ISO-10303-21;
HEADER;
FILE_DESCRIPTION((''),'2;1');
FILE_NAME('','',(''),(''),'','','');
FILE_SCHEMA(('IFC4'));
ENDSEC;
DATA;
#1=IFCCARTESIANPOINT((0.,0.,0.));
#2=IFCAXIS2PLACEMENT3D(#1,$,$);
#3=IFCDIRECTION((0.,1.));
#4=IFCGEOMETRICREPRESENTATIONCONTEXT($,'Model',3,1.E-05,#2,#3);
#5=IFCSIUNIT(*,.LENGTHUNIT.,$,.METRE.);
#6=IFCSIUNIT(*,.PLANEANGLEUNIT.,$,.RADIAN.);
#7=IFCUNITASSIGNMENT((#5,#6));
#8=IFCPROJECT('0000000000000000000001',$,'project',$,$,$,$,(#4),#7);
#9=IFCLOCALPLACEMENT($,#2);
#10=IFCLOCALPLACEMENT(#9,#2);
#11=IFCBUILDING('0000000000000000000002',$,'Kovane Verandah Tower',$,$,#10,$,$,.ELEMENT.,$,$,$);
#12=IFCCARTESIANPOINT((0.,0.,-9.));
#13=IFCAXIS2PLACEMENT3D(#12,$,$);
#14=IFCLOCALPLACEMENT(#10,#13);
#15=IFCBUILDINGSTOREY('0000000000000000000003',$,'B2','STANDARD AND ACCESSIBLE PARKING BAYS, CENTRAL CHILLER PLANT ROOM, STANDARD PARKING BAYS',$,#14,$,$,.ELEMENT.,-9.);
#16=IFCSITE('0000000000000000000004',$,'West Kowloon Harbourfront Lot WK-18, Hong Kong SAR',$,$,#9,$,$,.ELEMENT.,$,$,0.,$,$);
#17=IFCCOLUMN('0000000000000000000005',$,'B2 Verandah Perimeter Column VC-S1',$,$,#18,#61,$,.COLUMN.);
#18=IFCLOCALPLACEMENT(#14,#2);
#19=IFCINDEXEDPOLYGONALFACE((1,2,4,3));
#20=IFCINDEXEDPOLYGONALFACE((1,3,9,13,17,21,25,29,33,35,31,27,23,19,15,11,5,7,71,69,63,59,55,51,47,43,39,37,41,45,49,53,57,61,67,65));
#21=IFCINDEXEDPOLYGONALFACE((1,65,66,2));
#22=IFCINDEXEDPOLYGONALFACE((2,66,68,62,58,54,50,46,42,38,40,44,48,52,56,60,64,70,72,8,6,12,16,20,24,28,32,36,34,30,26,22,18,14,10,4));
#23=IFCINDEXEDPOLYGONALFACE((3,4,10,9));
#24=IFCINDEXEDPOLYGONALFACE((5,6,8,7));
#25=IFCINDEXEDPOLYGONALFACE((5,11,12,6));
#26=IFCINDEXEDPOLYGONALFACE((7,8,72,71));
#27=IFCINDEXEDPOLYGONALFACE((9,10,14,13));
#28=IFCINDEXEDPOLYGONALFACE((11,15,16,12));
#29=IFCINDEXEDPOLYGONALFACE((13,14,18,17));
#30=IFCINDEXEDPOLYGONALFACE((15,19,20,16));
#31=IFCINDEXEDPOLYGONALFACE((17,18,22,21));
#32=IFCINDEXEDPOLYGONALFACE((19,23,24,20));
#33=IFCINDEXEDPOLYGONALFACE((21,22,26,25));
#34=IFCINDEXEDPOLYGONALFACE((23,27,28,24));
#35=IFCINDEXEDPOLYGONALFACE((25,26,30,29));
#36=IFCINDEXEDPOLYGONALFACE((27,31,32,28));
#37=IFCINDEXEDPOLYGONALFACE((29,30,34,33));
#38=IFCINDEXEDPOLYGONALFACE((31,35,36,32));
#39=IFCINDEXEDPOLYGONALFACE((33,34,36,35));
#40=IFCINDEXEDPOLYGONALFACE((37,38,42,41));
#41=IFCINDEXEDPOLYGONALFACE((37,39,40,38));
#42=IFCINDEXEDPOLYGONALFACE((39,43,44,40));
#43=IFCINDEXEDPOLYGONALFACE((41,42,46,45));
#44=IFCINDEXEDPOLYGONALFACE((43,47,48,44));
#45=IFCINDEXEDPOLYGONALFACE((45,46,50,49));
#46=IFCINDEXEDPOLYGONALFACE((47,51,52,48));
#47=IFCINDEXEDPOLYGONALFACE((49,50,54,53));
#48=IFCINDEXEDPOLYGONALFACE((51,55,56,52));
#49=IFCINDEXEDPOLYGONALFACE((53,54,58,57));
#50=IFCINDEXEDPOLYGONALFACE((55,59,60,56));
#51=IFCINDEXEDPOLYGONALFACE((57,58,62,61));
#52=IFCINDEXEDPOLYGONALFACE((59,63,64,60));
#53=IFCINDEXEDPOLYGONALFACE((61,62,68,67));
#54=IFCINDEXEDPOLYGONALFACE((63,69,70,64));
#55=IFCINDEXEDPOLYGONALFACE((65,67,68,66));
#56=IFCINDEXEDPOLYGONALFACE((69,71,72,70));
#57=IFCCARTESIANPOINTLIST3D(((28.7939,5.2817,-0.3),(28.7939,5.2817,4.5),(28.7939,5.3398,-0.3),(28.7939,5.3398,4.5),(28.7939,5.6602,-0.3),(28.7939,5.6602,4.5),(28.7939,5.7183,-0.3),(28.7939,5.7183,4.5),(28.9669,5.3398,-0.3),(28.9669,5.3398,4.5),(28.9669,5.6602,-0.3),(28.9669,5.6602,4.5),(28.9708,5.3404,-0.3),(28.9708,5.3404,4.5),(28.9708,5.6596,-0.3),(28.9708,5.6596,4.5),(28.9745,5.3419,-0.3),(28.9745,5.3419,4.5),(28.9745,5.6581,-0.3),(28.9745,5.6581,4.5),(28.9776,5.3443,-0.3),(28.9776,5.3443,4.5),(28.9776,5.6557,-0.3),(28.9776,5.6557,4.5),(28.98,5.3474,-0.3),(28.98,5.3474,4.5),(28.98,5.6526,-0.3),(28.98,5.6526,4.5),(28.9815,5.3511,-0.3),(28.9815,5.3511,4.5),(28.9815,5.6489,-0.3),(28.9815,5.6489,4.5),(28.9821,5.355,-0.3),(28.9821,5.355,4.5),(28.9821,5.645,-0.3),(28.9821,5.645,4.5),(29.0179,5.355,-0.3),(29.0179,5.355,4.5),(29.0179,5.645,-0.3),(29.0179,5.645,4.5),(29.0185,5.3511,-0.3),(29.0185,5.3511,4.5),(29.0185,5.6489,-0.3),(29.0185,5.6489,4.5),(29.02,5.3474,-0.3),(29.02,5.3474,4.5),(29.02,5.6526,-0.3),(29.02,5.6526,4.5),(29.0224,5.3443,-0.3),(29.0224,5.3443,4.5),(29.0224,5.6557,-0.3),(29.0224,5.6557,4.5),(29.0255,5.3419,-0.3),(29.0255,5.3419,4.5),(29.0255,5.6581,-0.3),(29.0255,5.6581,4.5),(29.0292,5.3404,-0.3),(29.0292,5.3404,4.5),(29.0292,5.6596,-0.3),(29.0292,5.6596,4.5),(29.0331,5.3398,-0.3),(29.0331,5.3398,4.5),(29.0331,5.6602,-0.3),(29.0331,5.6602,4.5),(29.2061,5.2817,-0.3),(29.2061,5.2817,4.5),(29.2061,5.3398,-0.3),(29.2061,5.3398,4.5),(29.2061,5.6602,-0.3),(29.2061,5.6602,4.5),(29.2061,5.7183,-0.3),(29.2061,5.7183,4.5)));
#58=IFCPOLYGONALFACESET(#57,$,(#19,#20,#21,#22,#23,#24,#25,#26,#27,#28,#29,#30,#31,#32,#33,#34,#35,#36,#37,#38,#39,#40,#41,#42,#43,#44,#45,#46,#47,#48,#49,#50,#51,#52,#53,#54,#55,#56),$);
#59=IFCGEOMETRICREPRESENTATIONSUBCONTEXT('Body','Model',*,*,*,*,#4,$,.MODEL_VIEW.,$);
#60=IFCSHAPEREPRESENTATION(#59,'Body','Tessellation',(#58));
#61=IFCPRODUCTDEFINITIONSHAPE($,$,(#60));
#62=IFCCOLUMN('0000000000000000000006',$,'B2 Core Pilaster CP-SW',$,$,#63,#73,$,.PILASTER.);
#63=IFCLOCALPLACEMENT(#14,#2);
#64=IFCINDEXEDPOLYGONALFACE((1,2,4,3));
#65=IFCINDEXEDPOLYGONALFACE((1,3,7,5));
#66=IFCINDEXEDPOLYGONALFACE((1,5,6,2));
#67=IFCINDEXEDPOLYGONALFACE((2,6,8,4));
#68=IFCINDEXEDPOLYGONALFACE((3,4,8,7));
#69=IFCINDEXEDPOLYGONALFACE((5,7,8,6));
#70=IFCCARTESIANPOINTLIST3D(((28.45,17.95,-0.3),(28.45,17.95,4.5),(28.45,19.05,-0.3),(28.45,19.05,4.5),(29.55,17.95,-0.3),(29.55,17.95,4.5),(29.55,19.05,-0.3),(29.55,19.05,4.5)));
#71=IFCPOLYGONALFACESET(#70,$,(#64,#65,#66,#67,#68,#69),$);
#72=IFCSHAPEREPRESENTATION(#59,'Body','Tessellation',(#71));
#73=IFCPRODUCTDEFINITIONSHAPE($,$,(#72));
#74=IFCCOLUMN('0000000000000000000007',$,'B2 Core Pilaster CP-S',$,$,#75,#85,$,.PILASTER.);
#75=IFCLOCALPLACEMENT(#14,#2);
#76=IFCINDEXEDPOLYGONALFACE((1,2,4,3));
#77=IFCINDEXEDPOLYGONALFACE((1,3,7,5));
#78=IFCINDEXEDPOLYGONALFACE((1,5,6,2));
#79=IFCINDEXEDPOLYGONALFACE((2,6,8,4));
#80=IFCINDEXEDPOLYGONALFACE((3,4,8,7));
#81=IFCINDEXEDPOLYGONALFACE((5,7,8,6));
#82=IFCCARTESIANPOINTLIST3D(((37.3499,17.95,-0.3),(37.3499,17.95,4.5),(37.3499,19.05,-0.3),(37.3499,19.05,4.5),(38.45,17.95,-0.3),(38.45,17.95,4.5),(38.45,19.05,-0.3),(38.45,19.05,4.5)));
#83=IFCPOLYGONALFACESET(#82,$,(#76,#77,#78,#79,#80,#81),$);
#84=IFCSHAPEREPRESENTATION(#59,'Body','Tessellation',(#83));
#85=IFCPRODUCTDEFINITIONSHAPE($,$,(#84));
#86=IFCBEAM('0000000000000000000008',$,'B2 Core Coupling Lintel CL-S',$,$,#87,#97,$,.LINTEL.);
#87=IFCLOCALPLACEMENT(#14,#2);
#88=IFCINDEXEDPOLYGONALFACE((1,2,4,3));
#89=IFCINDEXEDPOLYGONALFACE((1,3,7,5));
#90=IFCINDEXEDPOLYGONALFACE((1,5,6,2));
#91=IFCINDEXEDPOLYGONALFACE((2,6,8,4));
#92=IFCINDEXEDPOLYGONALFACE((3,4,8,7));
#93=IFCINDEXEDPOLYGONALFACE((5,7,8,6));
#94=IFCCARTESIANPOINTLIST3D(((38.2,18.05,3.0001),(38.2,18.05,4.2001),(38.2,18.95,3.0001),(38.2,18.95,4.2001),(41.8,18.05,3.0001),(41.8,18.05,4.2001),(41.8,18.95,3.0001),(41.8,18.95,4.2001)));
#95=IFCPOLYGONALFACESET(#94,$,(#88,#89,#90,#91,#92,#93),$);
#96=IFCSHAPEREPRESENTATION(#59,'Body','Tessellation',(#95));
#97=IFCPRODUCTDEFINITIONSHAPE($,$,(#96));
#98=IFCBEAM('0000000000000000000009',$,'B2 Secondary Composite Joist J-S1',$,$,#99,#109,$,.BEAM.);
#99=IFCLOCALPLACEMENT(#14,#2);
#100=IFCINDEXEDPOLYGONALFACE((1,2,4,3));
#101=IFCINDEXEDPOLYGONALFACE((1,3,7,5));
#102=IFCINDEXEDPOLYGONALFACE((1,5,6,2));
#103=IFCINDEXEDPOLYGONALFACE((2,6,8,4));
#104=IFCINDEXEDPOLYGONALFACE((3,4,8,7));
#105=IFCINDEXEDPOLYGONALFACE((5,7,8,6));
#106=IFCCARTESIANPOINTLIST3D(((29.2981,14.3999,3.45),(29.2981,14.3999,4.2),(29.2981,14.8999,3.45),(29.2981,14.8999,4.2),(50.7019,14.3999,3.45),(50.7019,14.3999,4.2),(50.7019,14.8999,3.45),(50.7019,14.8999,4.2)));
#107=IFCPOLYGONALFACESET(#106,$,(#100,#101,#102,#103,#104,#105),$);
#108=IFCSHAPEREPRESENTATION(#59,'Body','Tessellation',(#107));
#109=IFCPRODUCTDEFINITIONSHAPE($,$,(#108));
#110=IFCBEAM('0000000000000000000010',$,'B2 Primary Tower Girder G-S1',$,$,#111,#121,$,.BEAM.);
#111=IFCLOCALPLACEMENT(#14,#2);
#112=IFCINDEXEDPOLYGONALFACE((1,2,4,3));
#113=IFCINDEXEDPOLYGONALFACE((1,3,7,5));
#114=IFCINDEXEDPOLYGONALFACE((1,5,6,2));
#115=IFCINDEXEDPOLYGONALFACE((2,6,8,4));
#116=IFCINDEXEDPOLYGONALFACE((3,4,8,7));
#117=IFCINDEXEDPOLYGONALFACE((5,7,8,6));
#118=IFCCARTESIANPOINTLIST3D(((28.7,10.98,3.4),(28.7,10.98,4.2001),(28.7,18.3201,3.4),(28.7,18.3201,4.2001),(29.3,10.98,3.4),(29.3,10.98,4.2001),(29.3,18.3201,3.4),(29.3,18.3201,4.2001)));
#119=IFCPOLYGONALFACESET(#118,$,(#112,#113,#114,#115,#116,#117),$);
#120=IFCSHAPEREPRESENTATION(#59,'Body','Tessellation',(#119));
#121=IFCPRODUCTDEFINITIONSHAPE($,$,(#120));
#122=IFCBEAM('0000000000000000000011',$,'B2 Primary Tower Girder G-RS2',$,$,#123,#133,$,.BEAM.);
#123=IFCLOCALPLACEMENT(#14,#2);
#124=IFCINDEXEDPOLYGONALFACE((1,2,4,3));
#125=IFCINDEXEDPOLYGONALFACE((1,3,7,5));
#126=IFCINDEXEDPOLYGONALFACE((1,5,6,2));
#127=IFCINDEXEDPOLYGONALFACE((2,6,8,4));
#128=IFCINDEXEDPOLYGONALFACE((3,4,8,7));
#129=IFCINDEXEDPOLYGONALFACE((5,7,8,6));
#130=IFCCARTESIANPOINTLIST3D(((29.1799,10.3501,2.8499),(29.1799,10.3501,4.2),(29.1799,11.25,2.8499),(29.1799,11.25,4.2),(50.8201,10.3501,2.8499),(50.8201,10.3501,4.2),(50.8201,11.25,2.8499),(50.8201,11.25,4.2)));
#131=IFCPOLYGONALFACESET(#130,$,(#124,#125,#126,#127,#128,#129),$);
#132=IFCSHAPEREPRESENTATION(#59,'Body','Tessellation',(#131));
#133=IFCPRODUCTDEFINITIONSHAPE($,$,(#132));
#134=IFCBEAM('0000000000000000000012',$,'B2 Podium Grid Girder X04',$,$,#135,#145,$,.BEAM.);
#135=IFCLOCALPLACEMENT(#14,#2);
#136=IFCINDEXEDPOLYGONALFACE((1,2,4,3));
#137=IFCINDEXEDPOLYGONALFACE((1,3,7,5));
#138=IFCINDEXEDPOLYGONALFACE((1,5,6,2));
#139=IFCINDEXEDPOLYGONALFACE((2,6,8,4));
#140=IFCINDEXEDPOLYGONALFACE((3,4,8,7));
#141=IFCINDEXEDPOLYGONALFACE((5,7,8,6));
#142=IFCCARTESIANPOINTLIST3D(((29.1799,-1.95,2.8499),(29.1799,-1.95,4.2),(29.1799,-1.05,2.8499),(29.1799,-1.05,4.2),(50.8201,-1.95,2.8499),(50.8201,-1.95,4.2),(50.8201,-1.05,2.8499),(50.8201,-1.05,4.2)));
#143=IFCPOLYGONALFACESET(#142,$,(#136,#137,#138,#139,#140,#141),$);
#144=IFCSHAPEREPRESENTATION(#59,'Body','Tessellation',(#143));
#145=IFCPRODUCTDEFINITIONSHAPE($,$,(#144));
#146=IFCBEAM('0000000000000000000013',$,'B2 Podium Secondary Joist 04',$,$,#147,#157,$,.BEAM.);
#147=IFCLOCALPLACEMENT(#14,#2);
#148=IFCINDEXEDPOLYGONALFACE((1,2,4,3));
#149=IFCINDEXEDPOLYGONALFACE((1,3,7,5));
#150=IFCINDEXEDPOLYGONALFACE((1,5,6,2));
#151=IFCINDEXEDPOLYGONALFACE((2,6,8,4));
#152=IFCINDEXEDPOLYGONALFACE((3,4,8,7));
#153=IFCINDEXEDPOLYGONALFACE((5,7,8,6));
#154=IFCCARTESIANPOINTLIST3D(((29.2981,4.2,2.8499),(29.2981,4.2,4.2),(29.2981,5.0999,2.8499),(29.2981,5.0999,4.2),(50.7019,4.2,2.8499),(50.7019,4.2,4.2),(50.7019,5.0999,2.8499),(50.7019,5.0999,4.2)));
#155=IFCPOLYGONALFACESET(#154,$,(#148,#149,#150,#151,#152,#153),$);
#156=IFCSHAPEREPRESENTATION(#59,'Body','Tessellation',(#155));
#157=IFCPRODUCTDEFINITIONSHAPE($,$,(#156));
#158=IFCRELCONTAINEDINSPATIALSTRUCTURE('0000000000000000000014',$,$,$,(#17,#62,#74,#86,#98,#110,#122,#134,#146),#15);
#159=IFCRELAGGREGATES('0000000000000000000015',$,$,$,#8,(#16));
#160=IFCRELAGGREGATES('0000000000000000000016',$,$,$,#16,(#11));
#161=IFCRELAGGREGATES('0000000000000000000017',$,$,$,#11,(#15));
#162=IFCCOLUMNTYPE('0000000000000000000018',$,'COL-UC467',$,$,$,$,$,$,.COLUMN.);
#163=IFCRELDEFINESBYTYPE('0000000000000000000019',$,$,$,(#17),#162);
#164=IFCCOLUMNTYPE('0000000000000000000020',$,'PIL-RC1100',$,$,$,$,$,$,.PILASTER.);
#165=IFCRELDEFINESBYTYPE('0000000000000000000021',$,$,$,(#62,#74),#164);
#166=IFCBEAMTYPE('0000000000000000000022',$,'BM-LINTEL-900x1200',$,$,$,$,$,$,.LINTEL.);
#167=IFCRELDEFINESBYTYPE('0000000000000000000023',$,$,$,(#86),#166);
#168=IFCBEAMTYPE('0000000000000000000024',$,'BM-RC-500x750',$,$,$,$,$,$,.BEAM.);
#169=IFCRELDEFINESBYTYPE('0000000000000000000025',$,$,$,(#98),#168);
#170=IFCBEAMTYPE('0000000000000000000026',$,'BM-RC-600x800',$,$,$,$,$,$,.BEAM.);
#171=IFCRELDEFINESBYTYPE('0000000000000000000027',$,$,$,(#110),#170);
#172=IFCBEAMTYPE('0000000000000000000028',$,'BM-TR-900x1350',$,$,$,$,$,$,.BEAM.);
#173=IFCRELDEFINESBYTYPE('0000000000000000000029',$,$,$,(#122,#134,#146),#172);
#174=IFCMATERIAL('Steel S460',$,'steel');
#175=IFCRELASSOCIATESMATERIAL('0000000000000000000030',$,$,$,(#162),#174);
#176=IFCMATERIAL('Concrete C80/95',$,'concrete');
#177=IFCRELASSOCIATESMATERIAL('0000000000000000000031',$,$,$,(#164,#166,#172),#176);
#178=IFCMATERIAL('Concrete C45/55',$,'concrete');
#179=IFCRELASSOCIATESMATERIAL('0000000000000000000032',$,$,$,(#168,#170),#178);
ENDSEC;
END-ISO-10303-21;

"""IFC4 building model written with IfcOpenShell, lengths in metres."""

from ifc_helpers import new_model, si_unit, direction, frame, origin, origin_2d, place, context, subcontext, project, spatial, rectangle, i_section, extrude, material, material_profile, profile_set, type_object, element, save


model = new_model("IFC4")

# Units and contexts
model_context = context("Model", 3, precision=1e-05, world=origin(), true_north=direction((0.0, 1.0)))
body_context = subcontext(model_context, "Body", "Model", "MODEL_VIEW")
ifc_project = project(units=[si_unit("LENGTHUNIT", "METRE"), si_unit("PLANEANGLEUNIT", "RADIAN")], contexts=[model_context])

# Site, building, storey
site_placement = place(None, origin())
site = spatial("IfcSite", under=ifc_project, at=site_placement, Name="West Kowloon Harbourfront Lot WK-18, Hong Kong SAR", CompositionType="ELEMENT", RefElevation=0.0)
building_placement = place(site_placement, origin())
building = spatial("IfcBuilding", under=site, at=building_placement, Name="Kovane Verandah Tower", CompositionType="ELEMENT")
storey_placement = place(building_placement, frame((0.0, 0.0, -9.0)))
storey = spatial("IfcBuildingStorey", under=building, at=storey_placement, Name="B2", Description="STANDARD AND ACCESSIBLE PARKING BAYS, CENTRAL CHILLER PLANT ROOM, STANDARD PARKING BAYS", CompositionType="ELEMENT", Elevation=-9.0)

# Columns
ifc_material_1 = material(Name="Concrete C80/95", Category="concrete")
ifc_material_2 = material(Name="Steel S460", Category="steel")
ifc_material_profile_1 = material_profile(ifc_material_2, i_section(OverallWidth=0.4121, OverallDepth=0.4365, WebThickness=0.0359, FlangeThickness=0.0581, FilletRadius=0.0151, at=origin_2d()), Name="UC356x406x467")
ifc_profile_set_1 = profile_set([ifc_material_profile_1], Name="Steel S460")
column_type_1 = type_object("IfcColumnType", Name="COL-UC467", PredefinedType="COLUMN", material=ifc_profile_set_1)
column_1_placement = place(storey_placement, frame((29.0, 5.5, -0.3), z_axis=(0.0, 0.0, 1.0), x_axis=(1.0, 0.0, 0.0)))
element("IfcColumn", 1, at=column_1_placement, inside=storey, type_object=column_type_1, Name="B2 Verandah Perimeter Column VC-S1", PredefinedType="COLUMN", context=body_context, shape_type="SweptSolid", body=[
    extrude(i_section(OverallWidth=0.4121, OverallDepth=0.4365, WebThickness=0.0359, FlangeThickness=0.0581, FilletRadius=0.0151, at=origin_2d()), origin(), (0.0, 0.0, 1.0), 4.8),
])
ifc_material_profile_2 = material_profile(ifc_material_1, rectangle(XDim=1.1001, YDim=1.1001, at=origin_2d()), Name="RC1100x1100")
ifc_profile_set_2 = profile_set([ifc_material_profile_2], Name="Concrete C80/95")
column_type_2 = type_object("IfcColumnType", Name="PIL-RC1100", PredefinedType="PILASTER", material=ifc_profile_set_2)
for number, where, z_axis, x_axis, name in (
    (2, (29.0, 18.5, -0.3), (0.0, 0.0, 1.0), (1.0, 0.0, 0.0), "B2 Core Pilaster CP-SW"),
    (3, (37.8999, 18.5, -0.3), (0.0, 0.0, 1.0), (1.0, 0.0, 0.0), "B2 Core Pilaster CP-S"),
):
    element("IfcColumn", number, at=place(storey_placement, frame(where, z_axis=z_axis, x_axis=x_axis)), inside=storey, type_object=column_type_2, Name=name, PredefinedType="PILASTER", context=body_context, shape_type="SweptSolid", body=[
        extrude(rectangle(XDim=1.1001, YDim=1.1001, at=origin_2d()), origin(), (0.0, 0.0, 1.0), 4.8),
    ])

# Beams
ifc_material_profile_3 = material_profile(ifc_material_1, rectangle(XDim=0.8999, YDim=1.2, at=origin_2d()), Name="RCB900x1200")
ifc_profile_set_3 = profile_set([ifc_material_profile_3], Name="Concrete C80/95")
beam_type_1 = type_object("IfcBeamType", Name="BM-LINTEL-900x1200", PredefinedType="LINTEL", material=ifc_profile_set_3)
beam_1_placement = place(storey_placement, frame((38.2, 18.5, 3.6001), z_axis=(1.0, 0.0, 0.0), x_axis=(0.0, 1.0, 0.0)))
element("IfcBeam", 4, at=beam_1_placement, inside=storey, type_object=beam_type_1, Name="B2 Core Coupling Lintel CL-S", PredefinedType="LINTEL", context=body_context, shape_type="SweptSolid", body=[
    extrude(rectangle(XDim=0.8999, YDim=1.2, at=origin_2d()), origin(), (0.0, 0.0, 1.0), 3.6001),
])
ifc_material_3 = material(Name="Concrete C45/55", Category="concrete")
ifc_material_profile_4 = material_profile(ifc_material_3, rectangle(XDim=0.5, YDim=0.75, at=origin_2d()), Name="RCB500x750")
ifc_profile_set_4 = profile_set([ifc_material_profile_4], Name="Concrete C45/55")
beam_type_2 = type_object("IfcBeamType", Name="BM-RC-500x750", PredefinedType="BEAM", material=ifc_profile_set_4)
beam_2_placement = place(storey_placement, frame((29.2981, 14.6499, 3.825), z_axis=(1.0, 0.0, 0.0), x_axis=(0.0, 1.0, 0.0)))
element("IfcBeam", 5, at=beam_2_placement, inside=storey, type_object=beam_type_2, Name="B2 Secondary Composite Joist J-S1", PredefinedType="BEAM", context=body_context, shape_type="SweptSolid", body=[
    extrude(rectangle(XDim=0.5, YDim=0.75, at=origin_2d()), origin(), (0.0, 0.0, 1.0), 21.4038),
])
ifc_material_profile_5 = material_profile(ifc_material_3, rectangle(XDim=0.6001, YDim=0.8, at=origin_2d()), Name="RCB600x800")
ifc_profile_set_5 = profile_set([ifc_material_profile_5], Name="Concrete C45/55")
beam_type_3 = type_object("IfcBeamType", Name="BM-RC-600x800", PredefinedType="BEAM", material=ifc_profile_set_5)
beam_3_placement = place(storey_placement, frame((29.0, 18.3201, 3.8), z_axis=(0.0, -1.0, 0.0), x_axis=(1.0, 0.0, 0.0)))
element("IfcBeam", 6, at=beam_3_placement, inside=storey, type_object=beam_type_3, Name="B2 Primary Tower Girder G-S1", PredefinedType="BEAM", context=body_context, shape_type="SweptSolid", body=[
    extrude(rectangle(XDim=0.6001, YDim=0.8, at=origin_2d()), origin(), (0.0, 0.0, 1.0), 7.3401),
])
ifc_material_profile_6 = material_profile(ifc_material_1, rectangle(XDim=0.8999, YDim=1.3501, at=origin_2d()), Name="RCB900x1350")
ifc_profile_set_6 = profile_set([ifc_material_profile_6], Name="Concrete C80/95")
beam_type_4 = type_object("IfcBeamType", Name="BM-TR-900x1350", PredefinedType="BEAM", material=ifc_profile_set_6)
for number, where, z_axis, x_axis, name in (
    (7, (29.1799, 10.8, 3.5249), (1.0, 0.0, 0.0), (0.0, 1.0, 0.0), "B2 Primary Tower Girder G-RS2"),
    (8, (29.1799, -1.5, 3.5249), (1.0, 0.0, 0.0), (0.0, 1.0, 0.0), "B2 Podium Grid Girder X04"),
):
    element("IfcBeam", number, at=place(storey_placement, frame(where, z_axis=z_axis, x_axis=x_axis)), inside=storey, type_object=beam_type_4, Name=name, PredefinedType="BEAM", context=body_context, shape_type="SweptSolid", body=[
        extrude(rectangle(XDim=0.8999, YDim=1.3501, at=origin_2d()), origin(), (0.0, 0.0, 1.0), 21.6401),
    ])
beam_4_placement = place(storey_placement, frame((29.2981, 4.6499, 3.5249), z_axis=(1.0, 0.0, 0.0), x_axis=(0.0, 1.0, 0.0)))
element("IfcBeam", 9, at=beam_4_placement, inside=storey, type_object=beam_type_4, Name="B2 Podium Secondary Joist 04", PredefinedType="BEAM", context=body_context, shape_type="SweptSolid", body=[
    extrude(rectangle(XDim=0.8999, YDim=1.3501, at=origin_2d()), origin(), (0.0, 0.0, 1.0), 21.4038),
])

save(model, "model.ifc")
